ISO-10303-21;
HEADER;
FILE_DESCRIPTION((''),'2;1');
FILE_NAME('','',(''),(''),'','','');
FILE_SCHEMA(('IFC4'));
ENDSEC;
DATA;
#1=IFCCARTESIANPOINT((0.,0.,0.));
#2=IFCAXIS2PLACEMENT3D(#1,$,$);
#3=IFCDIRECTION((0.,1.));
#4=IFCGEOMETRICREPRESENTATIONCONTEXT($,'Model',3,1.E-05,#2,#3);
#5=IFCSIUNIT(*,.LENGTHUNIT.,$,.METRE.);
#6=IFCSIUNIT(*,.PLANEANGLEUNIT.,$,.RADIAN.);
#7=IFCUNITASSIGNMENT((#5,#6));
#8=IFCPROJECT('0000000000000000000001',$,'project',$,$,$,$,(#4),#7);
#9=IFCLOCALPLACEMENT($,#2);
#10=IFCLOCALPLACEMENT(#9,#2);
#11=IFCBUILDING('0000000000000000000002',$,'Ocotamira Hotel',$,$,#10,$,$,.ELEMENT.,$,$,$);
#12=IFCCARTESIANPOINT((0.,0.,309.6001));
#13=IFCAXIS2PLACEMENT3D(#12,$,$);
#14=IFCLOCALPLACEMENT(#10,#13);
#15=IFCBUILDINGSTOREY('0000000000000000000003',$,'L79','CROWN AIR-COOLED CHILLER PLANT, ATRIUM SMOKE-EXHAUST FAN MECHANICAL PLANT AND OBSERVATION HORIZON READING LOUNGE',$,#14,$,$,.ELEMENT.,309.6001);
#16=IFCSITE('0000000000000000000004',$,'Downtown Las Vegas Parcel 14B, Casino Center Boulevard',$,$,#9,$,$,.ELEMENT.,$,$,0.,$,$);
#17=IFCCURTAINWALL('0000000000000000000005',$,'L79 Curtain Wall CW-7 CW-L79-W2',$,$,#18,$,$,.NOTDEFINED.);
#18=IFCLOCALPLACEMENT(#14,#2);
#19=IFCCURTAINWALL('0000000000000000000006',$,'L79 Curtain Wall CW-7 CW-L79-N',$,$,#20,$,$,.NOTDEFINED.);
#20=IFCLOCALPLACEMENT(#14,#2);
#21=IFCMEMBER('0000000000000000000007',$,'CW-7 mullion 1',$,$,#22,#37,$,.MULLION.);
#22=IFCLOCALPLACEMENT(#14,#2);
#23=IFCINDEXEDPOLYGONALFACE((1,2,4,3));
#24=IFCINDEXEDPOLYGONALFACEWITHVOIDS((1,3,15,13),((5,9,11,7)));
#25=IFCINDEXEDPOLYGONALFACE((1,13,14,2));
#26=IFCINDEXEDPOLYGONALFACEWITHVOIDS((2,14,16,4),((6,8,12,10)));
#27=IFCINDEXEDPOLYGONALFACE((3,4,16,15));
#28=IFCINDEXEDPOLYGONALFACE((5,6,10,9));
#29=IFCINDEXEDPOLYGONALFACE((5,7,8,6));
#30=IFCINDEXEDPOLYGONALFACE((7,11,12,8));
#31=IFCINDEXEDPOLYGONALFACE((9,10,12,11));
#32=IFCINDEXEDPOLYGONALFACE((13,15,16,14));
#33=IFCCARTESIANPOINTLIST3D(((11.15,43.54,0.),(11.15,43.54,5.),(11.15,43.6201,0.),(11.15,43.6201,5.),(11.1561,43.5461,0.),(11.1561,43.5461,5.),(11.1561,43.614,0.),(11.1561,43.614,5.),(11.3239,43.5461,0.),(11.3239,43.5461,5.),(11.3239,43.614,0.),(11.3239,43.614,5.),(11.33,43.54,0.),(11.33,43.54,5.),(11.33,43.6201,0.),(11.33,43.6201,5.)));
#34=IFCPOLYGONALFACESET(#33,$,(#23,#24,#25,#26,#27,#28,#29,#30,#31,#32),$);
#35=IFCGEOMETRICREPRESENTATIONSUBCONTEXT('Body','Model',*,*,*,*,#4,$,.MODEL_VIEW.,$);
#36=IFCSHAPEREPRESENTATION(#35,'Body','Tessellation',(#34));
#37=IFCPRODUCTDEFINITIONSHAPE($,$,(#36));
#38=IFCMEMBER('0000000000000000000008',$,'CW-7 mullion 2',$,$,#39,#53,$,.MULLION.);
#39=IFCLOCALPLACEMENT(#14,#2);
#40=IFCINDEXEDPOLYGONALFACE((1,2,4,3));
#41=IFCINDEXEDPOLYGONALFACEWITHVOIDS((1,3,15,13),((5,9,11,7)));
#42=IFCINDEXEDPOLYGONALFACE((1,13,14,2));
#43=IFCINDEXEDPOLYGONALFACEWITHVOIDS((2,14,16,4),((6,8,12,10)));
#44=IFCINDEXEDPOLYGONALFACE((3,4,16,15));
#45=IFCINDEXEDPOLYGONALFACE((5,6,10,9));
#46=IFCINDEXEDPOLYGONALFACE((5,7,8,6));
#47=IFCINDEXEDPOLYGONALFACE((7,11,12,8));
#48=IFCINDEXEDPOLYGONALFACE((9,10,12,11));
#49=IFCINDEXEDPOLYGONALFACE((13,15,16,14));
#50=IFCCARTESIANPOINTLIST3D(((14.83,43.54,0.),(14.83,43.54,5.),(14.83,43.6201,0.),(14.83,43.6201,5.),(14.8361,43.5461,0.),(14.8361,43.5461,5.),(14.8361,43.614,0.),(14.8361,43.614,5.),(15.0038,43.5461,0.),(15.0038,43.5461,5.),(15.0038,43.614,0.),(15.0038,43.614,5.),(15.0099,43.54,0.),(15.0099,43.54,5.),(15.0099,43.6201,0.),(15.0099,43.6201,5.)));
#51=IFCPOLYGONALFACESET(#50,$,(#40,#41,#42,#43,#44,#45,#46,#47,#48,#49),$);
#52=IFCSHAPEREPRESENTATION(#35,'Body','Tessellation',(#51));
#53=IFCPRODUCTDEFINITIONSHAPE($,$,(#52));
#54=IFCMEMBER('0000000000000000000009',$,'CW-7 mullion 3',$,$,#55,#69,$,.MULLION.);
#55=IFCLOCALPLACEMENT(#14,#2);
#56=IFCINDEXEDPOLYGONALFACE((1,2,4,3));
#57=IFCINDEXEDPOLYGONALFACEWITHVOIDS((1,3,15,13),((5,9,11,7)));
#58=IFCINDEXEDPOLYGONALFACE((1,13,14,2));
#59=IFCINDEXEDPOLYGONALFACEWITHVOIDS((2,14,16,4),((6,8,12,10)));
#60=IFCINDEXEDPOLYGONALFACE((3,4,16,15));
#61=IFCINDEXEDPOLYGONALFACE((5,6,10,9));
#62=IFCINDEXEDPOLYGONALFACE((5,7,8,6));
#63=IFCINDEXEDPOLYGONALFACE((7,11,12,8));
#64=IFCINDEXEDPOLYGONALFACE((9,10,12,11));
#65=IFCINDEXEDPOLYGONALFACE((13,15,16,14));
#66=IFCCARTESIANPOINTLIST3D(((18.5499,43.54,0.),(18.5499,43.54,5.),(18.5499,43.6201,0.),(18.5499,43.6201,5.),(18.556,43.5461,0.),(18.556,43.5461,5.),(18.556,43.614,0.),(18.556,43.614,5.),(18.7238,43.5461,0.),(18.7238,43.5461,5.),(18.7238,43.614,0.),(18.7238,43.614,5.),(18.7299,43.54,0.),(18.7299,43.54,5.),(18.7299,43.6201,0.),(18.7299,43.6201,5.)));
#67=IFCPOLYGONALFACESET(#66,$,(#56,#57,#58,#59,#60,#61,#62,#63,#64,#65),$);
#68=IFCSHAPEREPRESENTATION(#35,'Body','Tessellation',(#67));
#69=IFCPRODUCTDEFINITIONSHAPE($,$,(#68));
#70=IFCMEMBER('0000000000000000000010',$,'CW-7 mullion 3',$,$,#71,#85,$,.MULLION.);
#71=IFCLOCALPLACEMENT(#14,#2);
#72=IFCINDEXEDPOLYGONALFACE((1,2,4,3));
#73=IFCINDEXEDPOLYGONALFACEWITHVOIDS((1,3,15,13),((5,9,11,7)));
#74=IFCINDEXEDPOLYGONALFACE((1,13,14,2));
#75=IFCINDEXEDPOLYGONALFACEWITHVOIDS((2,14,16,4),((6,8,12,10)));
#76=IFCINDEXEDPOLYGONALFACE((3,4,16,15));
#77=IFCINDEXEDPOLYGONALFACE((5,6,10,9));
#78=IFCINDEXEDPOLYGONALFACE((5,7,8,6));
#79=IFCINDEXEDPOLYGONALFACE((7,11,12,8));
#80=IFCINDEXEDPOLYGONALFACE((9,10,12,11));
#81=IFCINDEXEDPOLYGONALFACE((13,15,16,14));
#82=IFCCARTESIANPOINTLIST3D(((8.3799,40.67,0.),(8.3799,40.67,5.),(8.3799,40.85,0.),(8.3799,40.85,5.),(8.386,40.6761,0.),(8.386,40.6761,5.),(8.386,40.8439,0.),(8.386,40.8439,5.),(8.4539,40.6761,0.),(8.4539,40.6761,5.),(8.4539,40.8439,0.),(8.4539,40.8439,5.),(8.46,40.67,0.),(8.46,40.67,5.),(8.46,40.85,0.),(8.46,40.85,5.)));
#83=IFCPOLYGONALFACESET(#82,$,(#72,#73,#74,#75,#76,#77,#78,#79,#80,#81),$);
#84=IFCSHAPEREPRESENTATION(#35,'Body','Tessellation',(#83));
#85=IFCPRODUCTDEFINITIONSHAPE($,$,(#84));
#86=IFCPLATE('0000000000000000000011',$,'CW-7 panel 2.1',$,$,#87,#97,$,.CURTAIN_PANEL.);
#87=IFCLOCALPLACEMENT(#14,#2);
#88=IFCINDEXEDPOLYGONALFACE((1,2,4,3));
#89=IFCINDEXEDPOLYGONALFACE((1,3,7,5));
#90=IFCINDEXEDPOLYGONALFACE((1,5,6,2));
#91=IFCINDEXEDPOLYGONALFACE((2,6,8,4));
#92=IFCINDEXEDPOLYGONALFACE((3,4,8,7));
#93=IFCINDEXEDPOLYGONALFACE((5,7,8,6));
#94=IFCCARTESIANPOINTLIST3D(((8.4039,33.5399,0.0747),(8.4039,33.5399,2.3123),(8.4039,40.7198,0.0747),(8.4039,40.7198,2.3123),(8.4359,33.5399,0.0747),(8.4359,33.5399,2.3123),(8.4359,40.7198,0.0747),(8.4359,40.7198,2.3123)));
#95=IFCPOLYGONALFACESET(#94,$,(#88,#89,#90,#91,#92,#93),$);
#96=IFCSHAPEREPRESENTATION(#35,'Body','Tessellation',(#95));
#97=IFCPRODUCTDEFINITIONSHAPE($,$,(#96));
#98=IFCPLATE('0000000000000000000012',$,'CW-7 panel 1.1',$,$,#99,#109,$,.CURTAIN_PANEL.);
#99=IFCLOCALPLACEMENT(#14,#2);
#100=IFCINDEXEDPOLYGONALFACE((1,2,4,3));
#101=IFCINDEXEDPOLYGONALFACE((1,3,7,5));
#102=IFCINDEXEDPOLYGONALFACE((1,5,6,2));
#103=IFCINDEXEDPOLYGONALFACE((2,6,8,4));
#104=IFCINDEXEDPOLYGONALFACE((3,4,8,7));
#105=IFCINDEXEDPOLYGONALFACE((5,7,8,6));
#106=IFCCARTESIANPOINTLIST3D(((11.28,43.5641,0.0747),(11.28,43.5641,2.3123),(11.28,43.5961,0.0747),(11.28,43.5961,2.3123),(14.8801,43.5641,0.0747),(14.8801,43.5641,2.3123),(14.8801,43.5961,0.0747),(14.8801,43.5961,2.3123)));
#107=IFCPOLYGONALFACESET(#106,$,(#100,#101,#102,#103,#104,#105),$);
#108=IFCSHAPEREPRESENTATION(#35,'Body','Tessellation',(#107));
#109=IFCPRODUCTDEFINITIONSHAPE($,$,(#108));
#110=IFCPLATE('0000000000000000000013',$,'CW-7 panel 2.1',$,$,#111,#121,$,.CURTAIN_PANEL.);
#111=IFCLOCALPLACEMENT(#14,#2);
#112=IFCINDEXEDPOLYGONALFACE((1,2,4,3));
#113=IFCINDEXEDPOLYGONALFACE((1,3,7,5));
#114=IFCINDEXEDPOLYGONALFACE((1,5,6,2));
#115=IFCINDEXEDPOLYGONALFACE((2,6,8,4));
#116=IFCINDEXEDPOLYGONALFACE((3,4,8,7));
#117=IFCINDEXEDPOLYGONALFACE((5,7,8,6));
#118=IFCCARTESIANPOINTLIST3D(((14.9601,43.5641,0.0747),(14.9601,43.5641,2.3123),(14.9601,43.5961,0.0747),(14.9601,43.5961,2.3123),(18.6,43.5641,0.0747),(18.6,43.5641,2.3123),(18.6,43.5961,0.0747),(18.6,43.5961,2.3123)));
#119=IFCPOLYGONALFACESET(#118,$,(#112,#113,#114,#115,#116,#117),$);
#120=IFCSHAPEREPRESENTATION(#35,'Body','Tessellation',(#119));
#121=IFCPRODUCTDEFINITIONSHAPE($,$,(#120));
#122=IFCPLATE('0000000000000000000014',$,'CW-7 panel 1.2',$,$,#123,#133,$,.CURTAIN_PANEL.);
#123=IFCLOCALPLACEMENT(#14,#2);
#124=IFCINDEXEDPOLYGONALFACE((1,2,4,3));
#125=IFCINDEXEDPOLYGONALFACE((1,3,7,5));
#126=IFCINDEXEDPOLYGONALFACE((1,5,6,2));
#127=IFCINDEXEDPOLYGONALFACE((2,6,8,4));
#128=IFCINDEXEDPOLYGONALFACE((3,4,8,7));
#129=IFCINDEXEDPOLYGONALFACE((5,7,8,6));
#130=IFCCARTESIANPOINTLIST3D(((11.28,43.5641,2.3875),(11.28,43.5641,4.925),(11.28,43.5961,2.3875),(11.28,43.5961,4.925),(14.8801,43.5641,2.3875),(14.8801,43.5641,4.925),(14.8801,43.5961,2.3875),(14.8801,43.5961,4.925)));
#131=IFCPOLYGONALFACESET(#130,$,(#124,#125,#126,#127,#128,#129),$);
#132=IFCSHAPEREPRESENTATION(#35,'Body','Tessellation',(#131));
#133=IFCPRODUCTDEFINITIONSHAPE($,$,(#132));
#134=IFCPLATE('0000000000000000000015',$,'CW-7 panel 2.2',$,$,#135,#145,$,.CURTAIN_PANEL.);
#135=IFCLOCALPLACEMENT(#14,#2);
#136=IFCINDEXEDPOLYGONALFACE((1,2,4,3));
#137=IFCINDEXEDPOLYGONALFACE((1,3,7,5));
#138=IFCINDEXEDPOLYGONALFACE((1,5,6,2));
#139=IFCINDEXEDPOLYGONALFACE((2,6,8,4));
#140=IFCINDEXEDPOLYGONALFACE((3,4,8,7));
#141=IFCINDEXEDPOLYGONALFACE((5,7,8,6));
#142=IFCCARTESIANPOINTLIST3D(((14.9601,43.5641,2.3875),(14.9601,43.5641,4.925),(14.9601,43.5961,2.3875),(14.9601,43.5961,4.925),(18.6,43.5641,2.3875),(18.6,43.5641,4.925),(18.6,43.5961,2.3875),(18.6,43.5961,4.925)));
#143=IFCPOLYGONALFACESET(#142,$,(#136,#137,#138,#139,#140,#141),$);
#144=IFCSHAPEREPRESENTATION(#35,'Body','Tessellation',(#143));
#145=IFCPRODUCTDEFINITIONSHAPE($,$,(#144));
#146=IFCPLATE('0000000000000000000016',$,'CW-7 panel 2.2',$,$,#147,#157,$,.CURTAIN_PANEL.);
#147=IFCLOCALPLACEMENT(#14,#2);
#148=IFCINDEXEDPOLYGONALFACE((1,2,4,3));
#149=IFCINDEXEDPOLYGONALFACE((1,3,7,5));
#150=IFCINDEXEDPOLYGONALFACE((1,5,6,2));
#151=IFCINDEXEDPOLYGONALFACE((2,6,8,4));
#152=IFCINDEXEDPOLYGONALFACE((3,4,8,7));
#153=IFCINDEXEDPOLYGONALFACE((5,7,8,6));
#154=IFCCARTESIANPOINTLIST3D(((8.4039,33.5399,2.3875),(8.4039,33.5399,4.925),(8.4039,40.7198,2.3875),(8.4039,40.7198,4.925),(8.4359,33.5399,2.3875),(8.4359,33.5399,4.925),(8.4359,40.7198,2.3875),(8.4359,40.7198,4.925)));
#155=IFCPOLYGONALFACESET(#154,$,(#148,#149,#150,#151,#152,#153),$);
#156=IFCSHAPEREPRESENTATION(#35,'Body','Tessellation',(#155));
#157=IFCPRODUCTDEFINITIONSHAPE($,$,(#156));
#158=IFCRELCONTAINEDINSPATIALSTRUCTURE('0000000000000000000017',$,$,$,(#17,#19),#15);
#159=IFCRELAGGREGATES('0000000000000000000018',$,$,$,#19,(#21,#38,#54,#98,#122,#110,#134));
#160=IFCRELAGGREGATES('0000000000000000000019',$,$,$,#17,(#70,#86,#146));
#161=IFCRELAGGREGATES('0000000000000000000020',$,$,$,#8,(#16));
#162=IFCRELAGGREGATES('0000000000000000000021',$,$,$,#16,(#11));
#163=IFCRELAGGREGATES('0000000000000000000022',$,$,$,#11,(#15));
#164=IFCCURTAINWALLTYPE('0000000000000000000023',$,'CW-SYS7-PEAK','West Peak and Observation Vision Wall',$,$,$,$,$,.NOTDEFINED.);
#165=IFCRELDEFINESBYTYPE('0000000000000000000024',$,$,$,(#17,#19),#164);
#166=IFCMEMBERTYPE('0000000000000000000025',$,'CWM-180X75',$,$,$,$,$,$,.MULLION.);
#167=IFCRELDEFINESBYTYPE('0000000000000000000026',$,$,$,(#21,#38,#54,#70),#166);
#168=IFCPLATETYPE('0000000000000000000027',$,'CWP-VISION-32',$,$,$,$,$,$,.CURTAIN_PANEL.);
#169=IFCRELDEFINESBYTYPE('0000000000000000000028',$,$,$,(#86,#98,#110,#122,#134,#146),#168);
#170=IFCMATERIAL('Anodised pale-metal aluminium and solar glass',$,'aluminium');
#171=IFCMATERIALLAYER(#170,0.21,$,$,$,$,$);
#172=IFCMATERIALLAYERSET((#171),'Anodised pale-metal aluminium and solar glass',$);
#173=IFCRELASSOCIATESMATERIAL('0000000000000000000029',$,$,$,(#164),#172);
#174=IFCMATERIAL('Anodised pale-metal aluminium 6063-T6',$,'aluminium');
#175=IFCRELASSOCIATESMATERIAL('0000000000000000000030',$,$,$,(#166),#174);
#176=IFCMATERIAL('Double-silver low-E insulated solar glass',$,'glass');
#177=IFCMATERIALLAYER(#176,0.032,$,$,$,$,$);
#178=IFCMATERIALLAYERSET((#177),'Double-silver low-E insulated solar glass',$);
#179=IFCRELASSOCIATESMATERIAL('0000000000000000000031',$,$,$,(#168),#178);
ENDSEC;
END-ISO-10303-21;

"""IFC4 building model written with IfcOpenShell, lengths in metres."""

from ifc_helpers import new_model, si_unit, direction, frame, origin, origin_2d, place, context, subcontext, project, spatial, rectangle, hollow_rectangle, extrude, source, transform, mapped, material, layer, layer_set, material_profile, profile_set, type_object, element, aggregate, save


model = new_model("IFC4")

# Units and contexts
model_context = context("Model", 3, precision=1e-05, world=origin(), true_north=direction((0.0, 1.0)))
body_context = subcontext(model_context, "Body", "Model", "MODEL_VIEW")
ifc_project = project(units=[si_unit("LENGTHUNIT", "METRE"), si_unit("PLANEANGLEUNIT", "RADIAN")], contexts=[model_context])

# Site, building, storey
site_placement = place(None, origin())
site = spatial("IfcSite", under=ifc_project, at=site_placement, Name="Downtown Las Vegas Parcel 14B, Casino Center Boulevard", CompositionType="ELEMENT", RefElevation=0.0)
building_placement = place(site_placement, origin())
building = spatial("IfcBuilding", under=site, at=building_placement, Name="Ocotamira Hotel", CompositionType="ELEMENT")
storey_placement = place(building_placement, frame((0.0, 0.0, 309.6001)))
storey = spatial("IfcBuildingStorey", under=building, at=storey_placement, Name="L79", Description="CROWN AIR-COOLED CHILLER PLANT, ATRIUM SMOKE-EXHAUST FAN MECHANICAL PLANT AND OBSERVATION HORIZON READING LOUNGE", CompositionType="ELEMENT", Elevation=309.6001)

# Curtain wall
ifc_material_1 = material(Name="Anodised pale-metal aluminium and solar glass", Category="aluminium")
ifc_layer_1 = layer(ifc_material_1, 0.21)
ifc_layer_set_1 = layer_set([ifc_layer_1], Name="Anodised pale-metal aluminium and solar glass")
curtain_wall_type = type_object("IfcCurtainWallType", Name="CW-SYS7-PEAK", Description="West Peak and Observation Vision Wall", PredefinedType="NOTDEFINED", material=ifc_layer_set_1)
curtain_wall_1_placement = place(storey_placement, origin())
curtain_wall_1 = element("IfcCurtainWall", 1, at=curtain_wall_1_placement, inside=storey, type_object=curtain_wall_type, Name="L79 Curtain Wall CW-7 CW-L79-W2", PredefinedType="NOTDEFINED")
ifc_material_2 = material(Name="Anodised pale-metal aluminium 6063-T6", Category="aluminium")

# Curtain wall, members
curtain_wall_2_placement = place(storey_placement, origin())
curtain_wall_2 = element("IfcCurtainWall", 2, at=curtain_wall_2_placement, inside=storey, type_object=curtain_wall_type, Name="L79 Curtain Wall CW-7 CW-L79-N", PredefinedType="NOTDEFINED")
ifc_material_profile_1 = material_profile(ifc_material_2, hollow_rectangle(XDim=0.0801, YDim=0.1799, WallThickness=0.0061, at=origin_2d()), Name="HSS180X80X6")
ifc_profile_set_1 = profile_set([ifc_material_profile_1], Name="Anodised pale-metal aluminium 6063-T6")
member_type_1 = type_object("IfcMemberType", Name="CWM-180X75", PredefinedType="MULLION", material=ifc_profile_set_1)
shared_shape_1 = source(origin(), body_context, "Body", "SweptSolid", [
    extrude(hollow_rectangle(XDim=0.0801, YDim=0.1799, WallThickness=0.0061, at=origin_2d()), origin(), (0.0, 0.0, 1.0), 5.0),
])
member_1_placement = place(storey_placement, frame((11.24, 43.5801, 0.0), z_axis=(0.0, 0.0, 1.0), x_axis=(0.0, 1.0, 0.0)))
member_1 = element("IfcMember", 3, at=member_1_placement, type_object=member_type_1, Name="CW-7 mullion 1", PredefinedType="MULLION", context=body_context, shape_type="MappedRepresentation", body=[
    mapped(shared_shape_1, transform((0.0, 0.0, 0.0), scale=1.0)),
])
member_2_placement = place(storey_placement, frame((14.9199, 43.5801, 0.0), z_axis=(0.0, 0.0, 1.0), x_axis=(0.0, 1.0, 0.0)))
member_2 = element("IfcMember", 4, at=member_2_placement, type_object=member_type_1, Name="CW-7 mullion 2", PredefinedType="MULLION", context=body_context, shape_type="MappedRepresentation", body=[
    mapped(shared_shape_1, transform((0.0, 0.0, 0.0), scale=1.0)),
])
member_3_placement = place(storey_placement, frame((18.6399, 43.5801, 0.0), z_axis=(0.0, 0.0, 1.0), x_axis=(0.0, 1.0, 0.0)))
member_3 = element("IfcMember", 5, at=member_3_placement, type_object=member_type_1, Name="CW-7 mullion 3", PredefinedType="MULLION", context=body_context, shape_type="MappedRepresentation", body=[
    mapped(shared_shape_1, transform((0.0, 0.0, 0.0), scale=1.0)),
])

# Member
member_4_placement = place(storey_placement, frame((8.4199, 40.76, 0.0), z_axis=(0.0, 0.0, 1.0), x_axis=(-1.0, 0.0, 0.0)))
member_4 = element("IfcMember", 6, at=member_4_placement, type_object=member_type_1, Name="CW-7 mullion 3", PredefinedType="MULLION", context=body_context, shape_type="MappedRepresentation", body=[
    mapped(shared_shape_1, transform((0.0, 0.0, 0.0), scale=1.0)),
])

# Plates
ifc_material_3 = material(Name="Double-silver low-E insulated solar glass", Category="glass")
ifc_layer_2 = layer(ifc_material_3, 0.032)
ifc_layer_set_2 = layer_set([ifc_layer_2], Name="Double-silver low-E insulated solar glass")
plate_type = type_object("IfcPlateType", Name="CWP-VISION-32", PredefinedType="CURTAIN_PANEL", material=ifc_layer_set_2)
shared_shape_2 = source(origin(), body_context, "Body", "SweptSolid", [
    extrude(rectangle(XDim=7.1799, YDim=0.032, at=origin_2d()), origin(), (0.0, 0.0, 1.0), 2.2375),
])
plate_1_placement = place(storey_placement, frame((8.4199, 37.1299, 0.0747), z_axis=(0.0, 0.0, 1.0), x_axis=(0.0, 1.0, 0.0)))
plate_1 = element("IfcPlate", 7, at=plate_1_placement, type_object=plate_type, Name="CW-7 panel 2.1", PredefinedType="CURTAIN_PANEL", context=body_context, shape_type="MappedRepresentation", body=[
    mapped(shared_shape_2, transform((0.0, 0.0, 0.0), scale=1.0)),
])
shared_shape_3 = source(origin(), body_context, "Body", "SweptSolid", [
    extrude(rectangle(XDim=3.6001, YDim=0.032, at=origin_2d()), origin(), (0.0, 0.0, 1.0), 2.2375),
])
plate_2_placement = place(storey_placement, frame((13.0801, 43.5801, 0.0747), z_axis=(0.0, 0.0, 1.0), x_axis=(1.0, 0.0, 0.0)))
plate_2 = element("IfcPlate", 8, at=plate_2_placement, type_object=plate_type, Name="CW-7 panel 1.1", PredefinedType="CURTAIN_PANEL", context=body_context, shape_type="MappedRepresentation", body=[
    mapped(shared_shape_3, transform((0.0, 0.0, 0.0), scale=1.0)),
])
shared_shape_4 = source(origin(), body_context, "Body", "SweptSolid", [
    extrude(rectangle(XDim=3.6399, YDim=0.032, at=origin_2d()), origin(), (0.0, 0.0, 1.0), 2.2375),
])
plate_3_placement = place(storey_placement, frame((16.78, 43.5801, 0.0747), z_axis=(0.0, 0.0, 1.0), x_axis=(1.0, 0.0, 0.0)))
plate_3 = element("IfcPlate", 9, at=plate_3_placement, type_object=plate_type, Name="CW-7 panel 2.1", PredefinedType="CURTAIN_PANEL", context=body_context, shape_type="MappedRepresentation", body=[
    mapped(shared_shape_4, transform((0.0, 0.0, 0.0), scale=1.0)),
])
shared_shape_5 = source(origin(), body_context, "Body", "SweptSolid", [
    extrude(rectangle(XDim=3.6001, YDim=0.032, at=origin_2d()), origin(), (0.0, 0.0, 1.0), 2.5376),
])
plate_4_placement = place(storey_placement, frame((13.0801, 43.5801, 2.3875), z_axis=(0.0, 0.0, 1.0), x_axis=(1.0, 0.0, 0.0)))
plate_4 = element("IfcPlate", 10, at=plate_4_placement, type_object=plate_type, Name="CW-7 panel 1.2", PredefinedType="CURTAIN_PANEL", context=body_context, shape_type="MappedRepresentation", body=[
    mapped(shared_shape_5, transform((0.0, 0.0, 0.0), scale=1.0)),
])
shared_shape_6 = source(origin(), body_context, "Body", "SweptSolid", [
    extrude(rectangle(XDim=3.6399, YDim=0.032, at=origin_2d()), origin(), (0.0, 0.0, 1.0), 2.5376),
])
plate_5_placement = place(storey_placement, frame((16.78, 43.5801, 2.3875), z_axis=(0.0, 0.0, 1.0), x_axis=(1.0, 0.0, 0.0)))
plate_5 = element("IfcPlate", 11, at=plate_5_placement, type_object=plate_type, Name="CW-7 panel 2.2", PredefinedType="CURTAIN_PANEL", context=body_context, shape_type="MappedRepresentation", body=[
    mapped(shared_shape_6, transform((0.0, 0.0, 0.0), scale=1.0)),
])
aggregate(curtain_wall_2, [member_1, member_2, member_3, plate_2, plate_4, plate_3, plate_5])
shared_shape_7 = source(origin(), body_context, "Body", "SweptSolid", [
    extrude(rectangle(XDim=7.1799, YDim=0.032, at=origin_2d()), origin(), (0.0, 0.0, 1.0), 2.5376),
])
plate_6_placement = place(storey_placement, frame((8.4199, 37.1299, 2.3875), z_axis=(0.0, 0.0, 1.0), x_axis=(0.0, 1.0, 0.0)))
plate_6 = element("IfcPlate", 12, at=plate_6_placement, type_object=plate_type, Name="CW-7 panel 2.2", PredefinedType="CURTAIN_PANEL", context=body_context, shape_type="MappedRepresentation", body=[
    mapped(shared_shape_7, transform((0.0, 0.0, 0.0), scale=1.0)),
])
aggregate(curtain_wall_1, [member_4, plate_1, plate_6])

save(model, "model.ifc")
